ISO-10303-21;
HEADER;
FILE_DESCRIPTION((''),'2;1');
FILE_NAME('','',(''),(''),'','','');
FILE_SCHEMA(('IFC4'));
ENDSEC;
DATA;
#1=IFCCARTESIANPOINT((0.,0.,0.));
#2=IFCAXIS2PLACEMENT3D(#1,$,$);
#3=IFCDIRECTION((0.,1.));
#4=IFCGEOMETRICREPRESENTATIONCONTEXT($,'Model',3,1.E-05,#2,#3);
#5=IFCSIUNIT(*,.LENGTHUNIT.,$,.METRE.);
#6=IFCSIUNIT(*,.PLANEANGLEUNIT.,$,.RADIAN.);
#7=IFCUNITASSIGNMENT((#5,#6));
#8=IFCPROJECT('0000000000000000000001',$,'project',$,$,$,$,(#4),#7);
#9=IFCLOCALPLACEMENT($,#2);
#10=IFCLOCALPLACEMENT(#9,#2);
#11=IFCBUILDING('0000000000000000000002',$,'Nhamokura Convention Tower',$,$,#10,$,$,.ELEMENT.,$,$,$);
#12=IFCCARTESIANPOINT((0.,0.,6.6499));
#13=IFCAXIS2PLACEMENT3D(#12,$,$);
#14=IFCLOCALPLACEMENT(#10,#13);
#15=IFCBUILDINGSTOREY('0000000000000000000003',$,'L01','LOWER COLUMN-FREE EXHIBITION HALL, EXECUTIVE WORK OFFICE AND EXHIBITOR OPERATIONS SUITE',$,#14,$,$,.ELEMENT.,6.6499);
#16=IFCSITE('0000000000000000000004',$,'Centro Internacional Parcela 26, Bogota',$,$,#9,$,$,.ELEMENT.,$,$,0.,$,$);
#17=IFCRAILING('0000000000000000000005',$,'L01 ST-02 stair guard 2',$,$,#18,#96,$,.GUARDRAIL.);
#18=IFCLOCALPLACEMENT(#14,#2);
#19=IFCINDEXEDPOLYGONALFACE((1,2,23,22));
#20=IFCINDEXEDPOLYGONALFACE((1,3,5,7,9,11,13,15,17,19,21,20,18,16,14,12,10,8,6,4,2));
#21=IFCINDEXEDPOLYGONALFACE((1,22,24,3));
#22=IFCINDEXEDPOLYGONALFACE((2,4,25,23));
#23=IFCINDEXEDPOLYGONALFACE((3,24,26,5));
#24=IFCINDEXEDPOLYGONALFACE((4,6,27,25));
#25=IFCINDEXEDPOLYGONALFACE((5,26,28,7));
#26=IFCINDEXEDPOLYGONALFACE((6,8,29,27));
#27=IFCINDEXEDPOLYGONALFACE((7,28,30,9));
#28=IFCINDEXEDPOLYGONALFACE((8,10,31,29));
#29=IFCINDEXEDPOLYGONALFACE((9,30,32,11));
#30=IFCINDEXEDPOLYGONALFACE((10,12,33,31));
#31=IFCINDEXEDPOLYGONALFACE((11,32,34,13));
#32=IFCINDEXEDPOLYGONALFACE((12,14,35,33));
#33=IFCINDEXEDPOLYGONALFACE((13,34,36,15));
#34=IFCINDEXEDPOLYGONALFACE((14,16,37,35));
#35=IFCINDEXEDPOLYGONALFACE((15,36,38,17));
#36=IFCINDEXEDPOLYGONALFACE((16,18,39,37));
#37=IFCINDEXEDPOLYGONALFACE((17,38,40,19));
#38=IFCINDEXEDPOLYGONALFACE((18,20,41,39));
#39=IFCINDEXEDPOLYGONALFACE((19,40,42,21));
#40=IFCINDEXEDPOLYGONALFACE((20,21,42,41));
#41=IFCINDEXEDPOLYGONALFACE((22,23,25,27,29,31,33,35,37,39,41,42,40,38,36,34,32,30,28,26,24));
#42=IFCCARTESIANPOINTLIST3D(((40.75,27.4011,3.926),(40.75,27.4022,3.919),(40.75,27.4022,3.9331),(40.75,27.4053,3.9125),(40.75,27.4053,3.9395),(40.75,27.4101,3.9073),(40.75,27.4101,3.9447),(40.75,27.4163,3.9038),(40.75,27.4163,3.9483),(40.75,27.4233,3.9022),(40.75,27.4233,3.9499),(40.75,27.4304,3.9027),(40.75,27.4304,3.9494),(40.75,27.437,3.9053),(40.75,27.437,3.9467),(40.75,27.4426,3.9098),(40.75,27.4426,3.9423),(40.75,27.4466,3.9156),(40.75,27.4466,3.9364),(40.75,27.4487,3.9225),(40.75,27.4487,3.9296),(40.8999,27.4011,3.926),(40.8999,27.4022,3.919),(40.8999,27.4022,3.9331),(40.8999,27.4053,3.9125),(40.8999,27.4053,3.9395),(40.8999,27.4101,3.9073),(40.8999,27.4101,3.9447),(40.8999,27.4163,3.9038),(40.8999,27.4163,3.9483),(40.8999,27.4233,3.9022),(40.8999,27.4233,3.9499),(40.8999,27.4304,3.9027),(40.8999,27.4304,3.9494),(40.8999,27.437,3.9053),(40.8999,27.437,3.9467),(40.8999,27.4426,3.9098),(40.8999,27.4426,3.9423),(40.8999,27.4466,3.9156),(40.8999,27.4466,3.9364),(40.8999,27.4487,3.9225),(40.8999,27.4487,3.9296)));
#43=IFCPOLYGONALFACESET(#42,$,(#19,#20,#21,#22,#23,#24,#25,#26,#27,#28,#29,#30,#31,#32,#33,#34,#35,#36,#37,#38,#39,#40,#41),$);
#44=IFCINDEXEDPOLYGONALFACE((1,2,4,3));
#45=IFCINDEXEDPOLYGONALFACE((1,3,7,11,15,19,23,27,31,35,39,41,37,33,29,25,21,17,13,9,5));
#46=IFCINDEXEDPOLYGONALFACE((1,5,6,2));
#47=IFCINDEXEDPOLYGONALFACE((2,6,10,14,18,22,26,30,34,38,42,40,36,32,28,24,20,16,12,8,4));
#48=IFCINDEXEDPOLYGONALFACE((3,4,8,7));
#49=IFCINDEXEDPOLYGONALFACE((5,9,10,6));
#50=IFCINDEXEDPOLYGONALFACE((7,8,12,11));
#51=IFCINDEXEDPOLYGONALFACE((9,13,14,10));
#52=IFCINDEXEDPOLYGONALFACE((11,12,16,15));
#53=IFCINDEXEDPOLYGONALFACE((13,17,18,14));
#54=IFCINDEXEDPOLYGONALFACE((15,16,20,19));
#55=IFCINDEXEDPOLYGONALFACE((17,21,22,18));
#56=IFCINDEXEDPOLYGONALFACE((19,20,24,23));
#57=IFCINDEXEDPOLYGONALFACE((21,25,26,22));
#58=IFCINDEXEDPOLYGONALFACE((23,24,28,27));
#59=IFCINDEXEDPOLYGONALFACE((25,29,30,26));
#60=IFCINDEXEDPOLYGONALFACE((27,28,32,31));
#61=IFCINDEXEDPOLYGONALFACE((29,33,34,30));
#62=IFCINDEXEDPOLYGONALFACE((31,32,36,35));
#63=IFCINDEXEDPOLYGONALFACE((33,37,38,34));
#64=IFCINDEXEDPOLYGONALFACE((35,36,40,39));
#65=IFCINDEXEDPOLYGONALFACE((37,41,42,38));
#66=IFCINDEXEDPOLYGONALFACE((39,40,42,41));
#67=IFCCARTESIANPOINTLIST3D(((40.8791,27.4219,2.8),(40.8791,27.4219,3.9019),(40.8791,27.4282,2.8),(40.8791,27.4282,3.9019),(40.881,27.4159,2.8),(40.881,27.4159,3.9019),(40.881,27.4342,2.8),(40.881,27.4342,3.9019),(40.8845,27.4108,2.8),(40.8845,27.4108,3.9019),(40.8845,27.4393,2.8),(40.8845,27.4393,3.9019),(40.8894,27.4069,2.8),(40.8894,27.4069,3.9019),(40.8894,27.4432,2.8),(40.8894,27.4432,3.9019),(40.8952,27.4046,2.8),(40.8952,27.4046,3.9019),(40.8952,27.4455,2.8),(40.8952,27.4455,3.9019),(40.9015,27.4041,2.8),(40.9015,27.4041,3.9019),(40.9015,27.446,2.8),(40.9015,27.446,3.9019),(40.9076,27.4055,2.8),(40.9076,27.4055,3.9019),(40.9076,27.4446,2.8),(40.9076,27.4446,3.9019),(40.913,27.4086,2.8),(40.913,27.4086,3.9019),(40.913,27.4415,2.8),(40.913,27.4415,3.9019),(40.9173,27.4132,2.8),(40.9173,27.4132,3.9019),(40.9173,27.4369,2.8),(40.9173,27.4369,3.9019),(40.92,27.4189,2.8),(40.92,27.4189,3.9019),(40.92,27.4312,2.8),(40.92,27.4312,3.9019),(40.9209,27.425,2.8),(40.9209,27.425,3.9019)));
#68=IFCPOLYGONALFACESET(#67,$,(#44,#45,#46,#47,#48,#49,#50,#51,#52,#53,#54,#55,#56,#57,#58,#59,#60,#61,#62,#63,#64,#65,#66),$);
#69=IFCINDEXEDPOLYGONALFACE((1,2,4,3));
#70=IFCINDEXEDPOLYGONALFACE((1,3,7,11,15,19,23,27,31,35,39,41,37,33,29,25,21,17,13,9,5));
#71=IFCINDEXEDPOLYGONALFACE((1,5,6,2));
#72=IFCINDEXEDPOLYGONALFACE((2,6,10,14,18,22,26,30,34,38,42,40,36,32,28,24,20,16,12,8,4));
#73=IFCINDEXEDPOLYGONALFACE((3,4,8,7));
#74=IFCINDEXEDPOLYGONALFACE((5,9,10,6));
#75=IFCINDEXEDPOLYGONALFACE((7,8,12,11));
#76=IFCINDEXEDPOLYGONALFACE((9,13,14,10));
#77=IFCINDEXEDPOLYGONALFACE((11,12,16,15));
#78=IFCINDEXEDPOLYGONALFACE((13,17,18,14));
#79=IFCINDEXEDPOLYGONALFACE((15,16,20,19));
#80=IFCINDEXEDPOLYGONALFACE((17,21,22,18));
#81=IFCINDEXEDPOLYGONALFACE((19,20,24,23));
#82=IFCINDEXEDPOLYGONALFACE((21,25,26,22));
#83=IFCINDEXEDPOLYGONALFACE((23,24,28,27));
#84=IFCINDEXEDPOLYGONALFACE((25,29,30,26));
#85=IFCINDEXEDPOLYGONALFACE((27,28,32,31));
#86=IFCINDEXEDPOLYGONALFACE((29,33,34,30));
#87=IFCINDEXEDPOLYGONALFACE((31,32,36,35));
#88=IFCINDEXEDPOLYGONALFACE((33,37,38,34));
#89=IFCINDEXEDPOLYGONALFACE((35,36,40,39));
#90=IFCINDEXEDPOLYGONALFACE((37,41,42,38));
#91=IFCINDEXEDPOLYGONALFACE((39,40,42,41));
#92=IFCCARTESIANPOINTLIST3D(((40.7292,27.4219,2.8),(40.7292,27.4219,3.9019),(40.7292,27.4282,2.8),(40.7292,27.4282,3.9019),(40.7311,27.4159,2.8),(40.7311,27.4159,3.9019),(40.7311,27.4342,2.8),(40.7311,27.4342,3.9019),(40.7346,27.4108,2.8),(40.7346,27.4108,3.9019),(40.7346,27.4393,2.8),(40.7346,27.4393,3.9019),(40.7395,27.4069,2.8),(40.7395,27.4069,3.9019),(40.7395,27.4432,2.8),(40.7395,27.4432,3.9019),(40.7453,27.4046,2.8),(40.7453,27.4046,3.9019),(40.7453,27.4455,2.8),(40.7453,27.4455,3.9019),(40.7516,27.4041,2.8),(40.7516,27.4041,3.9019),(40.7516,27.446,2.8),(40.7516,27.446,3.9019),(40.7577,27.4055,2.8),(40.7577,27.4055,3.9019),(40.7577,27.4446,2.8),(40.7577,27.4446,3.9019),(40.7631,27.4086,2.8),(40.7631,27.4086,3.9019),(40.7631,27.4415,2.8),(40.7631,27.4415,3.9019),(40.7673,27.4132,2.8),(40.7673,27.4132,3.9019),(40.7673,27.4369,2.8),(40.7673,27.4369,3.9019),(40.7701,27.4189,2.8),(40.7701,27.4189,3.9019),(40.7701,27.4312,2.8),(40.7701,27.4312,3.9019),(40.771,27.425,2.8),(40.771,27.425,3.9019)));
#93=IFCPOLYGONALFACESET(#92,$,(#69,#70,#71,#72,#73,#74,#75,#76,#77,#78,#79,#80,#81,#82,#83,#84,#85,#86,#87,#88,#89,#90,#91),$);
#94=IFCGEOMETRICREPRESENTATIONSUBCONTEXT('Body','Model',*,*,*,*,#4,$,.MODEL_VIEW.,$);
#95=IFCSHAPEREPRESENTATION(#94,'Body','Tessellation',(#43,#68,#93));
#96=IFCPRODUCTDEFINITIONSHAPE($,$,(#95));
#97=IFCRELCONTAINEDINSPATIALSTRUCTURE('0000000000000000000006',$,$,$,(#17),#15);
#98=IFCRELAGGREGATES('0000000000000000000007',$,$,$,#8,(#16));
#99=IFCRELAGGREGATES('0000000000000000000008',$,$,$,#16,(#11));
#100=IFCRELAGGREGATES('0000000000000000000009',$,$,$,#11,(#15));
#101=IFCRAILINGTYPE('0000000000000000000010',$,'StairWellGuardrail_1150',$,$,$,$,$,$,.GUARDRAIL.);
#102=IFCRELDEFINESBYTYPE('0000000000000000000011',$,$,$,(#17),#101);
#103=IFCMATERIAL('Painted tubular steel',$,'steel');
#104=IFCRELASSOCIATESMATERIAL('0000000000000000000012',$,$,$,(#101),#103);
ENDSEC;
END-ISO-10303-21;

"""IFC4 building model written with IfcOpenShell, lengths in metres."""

from ifc_helpers import new_model, si_unit, direction, frame, origin, origin_2d, place, context, subcontext, project, spatial, circle, extrude, material, type_object, element, save


model = new_model("IFC4")

# Units and contexts
model_context = context("Model", 3, precision=1e-05, world=origin(), true_north=direction((0.0, 1.0)))
body_context = subcontext(model_context, "Body", "Model", "MODEL_VIEW")
ifc_project = project(units=[si_unit("LENGTHUNIT", "METRE"), si_unit("PLANEANGLEUNIT", "RADIAN")], contexts=[model_context])

# Site, building, storey
site_placement = place(None, origin())
site = spatial("IfcSite", under=ifc_project, at=site_placement, Name="Centro Internacional Parcela 26, Bogota", CompositionType="ELEMENT", RefElevation=0.0)
building_placement = place(site_placement, origin())
building = spatial("IfcBuilding", under=site, at=building_placement, Name="Nhamokura Convention Tower", CompositionType="ELEMENT")
storey_placement = place(building_placement, frame((0.0, 0.0, 6.6499)))
storey = spatial("IfcBuildingStorey", under=building, at=storey_placement, Name="L01", Description="LOWER COLUMN-FREE EXHIBITION HALL, EXECUTIVE WORK OFFICE AND EXHIBITOR OPERATIONS SUITE", CompositionType="ELEMENT", Elevation=6.6499)

# Railing
ifc_material_1 = material(Name="Painted tubular steel", Category="steel")
railing_type_1 = type_object("IfcRailingType", Name="StairWellGuardrail_1150", PredefinedType="GUARDRAIL", material=ifc_material_1)
railing_1_placement = place(storey_placement, frame((40.8999, 27.425, 2.8)))
element("IfcRailing", 1, at=railing_1_placement, inside=storey, type_object=railing_type_1, Name="L01 ST-02 stair guard 2", PredefinedType="GUARDRAIL", context=body_context, shape_type="SweptSolid", body=[
    extrude(circle(Radius=0.0239, at=origin_2d()), frame((0.0, 0.0, 1.126), z_axis=(-1.0, 0.0, 0.0), x_axis=(0.0, -1.0, 0.0)), (0.0, 0.0, 1.0), 0.1499),
    extrude(circle(Radius=0.021, at=origin_2d()), origin(), (0.0, 0.0, 1.0), 1.1018),
    extrude(circle(Radius=0.021, at=origin_2d()), frame((-0.1499, 0.0, 0.0)), (0.0, 0.0, 1.0), 1.1018),
])

save(model, "model.ifc")
